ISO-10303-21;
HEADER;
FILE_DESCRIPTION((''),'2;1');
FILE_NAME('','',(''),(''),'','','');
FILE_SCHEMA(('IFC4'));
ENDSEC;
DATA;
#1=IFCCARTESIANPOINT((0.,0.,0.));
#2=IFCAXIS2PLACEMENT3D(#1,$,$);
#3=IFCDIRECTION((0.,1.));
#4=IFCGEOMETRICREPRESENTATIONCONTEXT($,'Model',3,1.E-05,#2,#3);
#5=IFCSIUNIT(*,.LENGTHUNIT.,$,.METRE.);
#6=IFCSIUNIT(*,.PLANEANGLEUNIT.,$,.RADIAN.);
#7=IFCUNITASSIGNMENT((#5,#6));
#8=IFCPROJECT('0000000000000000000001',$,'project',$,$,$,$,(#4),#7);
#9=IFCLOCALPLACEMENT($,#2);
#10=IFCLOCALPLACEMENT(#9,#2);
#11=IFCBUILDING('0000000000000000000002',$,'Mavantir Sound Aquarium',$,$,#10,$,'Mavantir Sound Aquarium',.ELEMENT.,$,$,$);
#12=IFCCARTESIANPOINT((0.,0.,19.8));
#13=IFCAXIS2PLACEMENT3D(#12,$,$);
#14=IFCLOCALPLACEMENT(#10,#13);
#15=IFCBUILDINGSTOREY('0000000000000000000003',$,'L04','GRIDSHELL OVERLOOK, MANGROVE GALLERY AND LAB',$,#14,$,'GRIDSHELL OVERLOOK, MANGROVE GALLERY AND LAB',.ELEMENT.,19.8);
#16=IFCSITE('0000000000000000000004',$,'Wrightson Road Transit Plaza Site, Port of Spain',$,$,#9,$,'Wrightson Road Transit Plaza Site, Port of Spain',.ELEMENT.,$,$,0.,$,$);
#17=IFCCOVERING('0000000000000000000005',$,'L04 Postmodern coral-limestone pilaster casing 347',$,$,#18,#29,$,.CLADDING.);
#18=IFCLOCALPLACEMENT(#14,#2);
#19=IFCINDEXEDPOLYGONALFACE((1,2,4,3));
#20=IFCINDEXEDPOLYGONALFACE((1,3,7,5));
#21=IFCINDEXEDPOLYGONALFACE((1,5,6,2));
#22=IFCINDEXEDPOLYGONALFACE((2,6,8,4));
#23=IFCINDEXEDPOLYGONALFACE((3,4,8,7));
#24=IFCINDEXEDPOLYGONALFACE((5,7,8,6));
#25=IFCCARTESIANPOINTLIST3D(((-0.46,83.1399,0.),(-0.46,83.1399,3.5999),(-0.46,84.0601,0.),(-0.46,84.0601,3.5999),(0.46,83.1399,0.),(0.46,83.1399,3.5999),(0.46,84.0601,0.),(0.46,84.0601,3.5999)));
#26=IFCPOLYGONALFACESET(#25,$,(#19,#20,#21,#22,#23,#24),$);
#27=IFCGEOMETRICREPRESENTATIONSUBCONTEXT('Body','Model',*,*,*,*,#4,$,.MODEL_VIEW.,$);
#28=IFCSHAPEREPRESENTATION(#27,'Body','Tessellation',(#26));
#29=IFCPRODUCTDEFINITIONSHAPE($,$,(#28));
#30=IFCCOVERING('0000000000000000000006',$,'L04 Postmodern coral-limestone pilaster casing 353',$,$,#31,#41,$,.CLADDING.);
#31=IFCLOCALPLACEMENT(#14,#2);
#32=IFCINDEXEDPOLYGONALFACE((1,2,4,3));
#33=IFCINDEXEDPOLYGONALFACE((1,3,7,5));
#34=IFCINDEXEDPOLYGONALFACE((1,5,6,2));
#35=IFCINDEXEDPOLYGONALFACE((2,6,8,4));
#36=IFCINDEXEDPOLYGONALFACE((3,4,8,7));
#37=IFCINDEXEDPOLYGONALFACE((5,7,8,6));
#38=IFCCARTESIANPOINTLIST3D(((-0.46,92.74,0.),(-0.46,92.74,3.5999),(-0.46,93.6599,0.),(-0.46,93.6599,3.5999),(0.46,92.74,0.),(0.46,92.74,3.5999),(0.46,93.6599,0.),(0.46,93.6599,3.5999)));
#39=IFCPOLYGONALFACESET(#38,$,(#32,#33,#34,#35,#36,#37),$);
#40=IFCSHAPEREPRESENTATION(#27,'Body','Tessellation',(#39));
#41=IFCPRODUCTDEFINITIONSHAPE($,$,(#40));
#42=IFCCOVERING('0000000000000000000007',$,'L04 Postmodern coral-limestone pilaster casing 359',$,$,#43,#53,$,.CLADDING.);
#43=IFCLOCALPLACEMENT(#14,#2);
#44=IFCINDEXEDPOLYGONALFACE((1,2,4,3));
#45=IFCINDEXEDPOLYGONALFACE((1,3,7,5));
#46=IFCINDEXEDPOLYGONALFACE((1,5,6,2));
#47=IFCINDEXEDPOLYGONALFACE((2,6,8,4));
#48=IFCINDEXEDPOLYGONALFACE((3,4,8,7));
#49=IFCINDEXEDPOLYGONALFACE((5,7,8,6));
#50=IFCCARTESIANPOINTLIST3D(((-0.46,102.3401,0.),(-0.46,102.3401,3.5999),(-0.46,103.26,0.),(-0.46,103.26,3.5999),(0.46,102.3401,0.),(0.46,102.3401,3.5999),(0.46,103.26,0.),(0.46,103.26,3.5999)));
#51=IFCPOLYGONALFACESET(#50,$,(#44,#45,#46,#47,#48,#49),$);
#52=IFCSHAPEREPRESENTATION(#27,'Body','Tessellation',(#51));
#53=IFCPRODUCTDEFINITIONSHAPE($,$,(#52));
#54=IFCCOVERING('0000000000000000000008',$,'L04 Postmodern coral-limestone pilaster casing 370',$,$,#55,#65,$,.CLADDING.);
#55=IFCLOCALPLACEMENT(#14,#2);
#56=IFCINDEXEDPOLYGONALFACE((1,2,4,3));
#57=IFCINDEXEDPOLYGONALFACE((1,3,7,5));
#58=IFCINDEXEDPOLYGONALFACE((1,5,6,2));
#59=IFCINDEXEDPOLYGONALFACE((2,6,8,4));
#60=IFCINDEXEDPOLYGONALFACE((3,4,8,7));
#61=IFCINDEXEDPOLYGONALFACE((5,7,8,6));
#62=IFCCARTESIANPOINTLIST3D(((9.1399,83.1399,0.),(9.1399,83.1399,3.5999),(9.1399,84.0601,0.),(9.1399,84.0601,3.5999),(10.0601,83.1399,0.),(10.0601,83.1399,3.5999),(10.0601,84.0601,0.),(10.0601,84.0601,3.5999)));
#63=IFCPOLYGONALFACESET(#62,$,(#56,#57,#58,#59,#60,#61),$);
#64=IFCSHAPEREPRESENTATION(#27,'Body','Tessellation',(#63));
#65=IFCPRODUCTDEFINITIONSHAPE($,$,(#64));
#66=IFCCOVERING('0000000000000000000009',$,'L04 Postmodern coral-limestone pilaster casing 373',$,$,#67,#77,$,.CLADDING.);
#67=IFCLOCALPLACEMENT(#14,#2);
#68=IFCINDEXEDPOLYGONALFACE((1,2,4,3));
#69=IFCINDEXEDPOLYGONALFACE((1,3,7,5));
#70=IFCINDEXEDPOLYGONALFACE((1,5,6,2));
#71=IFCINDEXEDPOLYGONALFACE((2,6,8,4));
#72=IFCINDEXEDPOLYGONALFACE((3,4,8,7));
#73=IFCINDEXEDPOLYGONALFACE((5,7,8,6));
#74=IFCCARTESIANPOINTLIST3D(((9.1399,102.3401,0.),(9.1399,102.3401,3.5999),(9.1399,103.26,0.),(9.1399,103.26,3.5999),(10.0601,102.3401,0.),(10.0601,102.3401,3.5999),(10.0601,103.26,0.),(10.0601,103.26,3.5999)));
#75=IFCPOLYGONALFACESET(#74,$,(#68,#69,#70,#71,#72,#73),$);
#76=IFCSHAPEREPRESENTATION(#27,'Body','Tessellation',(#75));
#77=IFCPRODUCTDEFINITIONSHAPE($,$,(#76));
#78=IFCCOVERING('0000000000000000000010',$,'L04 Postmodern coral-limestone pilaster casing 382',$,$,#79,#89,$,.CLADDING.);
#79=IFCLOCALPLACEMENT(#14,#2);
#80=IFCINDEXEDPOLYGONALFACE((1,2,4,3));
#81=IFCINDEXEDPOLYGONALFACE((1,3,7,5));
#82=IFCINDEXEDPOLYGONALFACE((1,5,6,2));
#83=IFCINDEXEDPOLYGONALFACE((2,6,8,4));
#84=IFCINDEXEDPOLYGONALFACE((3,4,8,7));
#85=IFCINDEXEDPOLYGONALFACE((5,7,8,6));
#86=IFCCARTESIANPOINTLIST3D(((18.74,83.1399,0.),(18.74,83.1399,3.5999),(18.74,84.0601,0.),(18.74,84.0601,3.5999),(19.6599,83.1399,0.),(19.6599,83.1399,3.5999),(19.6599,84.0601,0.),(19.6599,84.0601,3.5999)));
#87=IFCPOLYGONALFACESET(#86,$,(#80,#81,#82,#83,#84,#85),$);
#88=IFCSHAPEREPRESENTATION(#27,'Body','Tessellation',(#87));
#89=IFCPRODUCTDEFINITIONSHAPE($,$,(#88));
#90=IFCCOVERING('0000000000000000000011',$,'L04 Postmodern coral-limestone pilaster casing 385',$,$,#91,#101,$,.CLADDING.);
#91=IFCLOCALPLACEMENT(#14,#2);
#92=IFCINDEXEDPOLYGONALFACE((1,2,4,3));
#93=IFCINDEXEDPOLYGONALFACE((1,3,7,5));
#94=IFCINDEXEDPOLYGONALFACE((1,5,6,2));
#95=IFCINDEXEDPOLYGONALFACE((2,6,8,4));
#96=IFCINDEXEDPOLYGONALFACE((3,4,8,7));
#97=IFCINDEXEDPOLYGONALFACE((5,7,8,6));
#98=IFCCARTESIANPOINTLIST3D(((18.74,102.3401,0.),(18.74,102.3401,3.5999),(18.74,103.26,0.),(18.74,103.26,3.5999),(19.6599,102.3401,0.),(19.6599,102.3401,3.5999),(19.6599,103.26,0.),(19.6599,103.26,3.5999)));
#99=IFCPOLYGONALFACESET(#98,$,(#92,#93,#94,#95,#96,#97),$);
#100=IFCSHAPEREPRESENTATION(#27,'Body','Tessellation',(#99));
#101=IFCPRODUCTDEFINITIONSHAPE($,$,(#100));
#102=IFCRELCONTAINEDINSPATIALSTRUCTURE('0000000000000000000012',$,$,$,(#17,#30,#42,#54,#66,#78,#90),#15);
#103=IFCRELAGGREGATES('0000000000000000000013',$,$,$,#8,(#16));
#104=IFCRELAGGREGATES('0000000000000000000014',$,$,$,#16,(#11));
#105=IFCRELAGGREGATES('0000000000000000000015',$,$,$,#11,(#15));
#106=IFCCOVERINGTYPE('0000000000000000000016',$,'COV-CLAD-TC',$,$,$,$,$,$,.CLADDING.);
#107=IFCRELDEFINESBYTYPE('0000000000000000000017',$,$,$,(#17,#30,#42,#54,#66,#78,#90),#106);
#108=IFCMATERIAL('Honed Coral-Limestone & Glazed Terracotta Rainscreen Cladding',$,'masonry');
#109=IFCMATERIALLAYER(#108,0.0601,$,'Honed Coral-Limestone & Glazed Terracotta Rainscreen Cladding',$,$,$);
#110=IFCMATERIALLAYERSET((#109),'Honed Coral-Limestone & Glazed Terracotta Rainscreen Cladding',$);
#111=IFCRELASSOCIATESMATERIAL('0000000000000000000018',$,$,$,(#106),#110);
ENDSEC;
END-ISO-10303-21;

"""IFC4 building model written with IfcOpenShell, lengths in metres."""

from ifc_helpers import new_model, si_unit, direction, frame, origin, place, context, subcontext, project, spatial, polyline, outline, extrude, material, layer, layer_set, type_object, element, save


model = new_model("IFC4")

# Units and contexts
model_context = context("Model", 3, precision=1e-05, world=origin(), true_north=direction((0.0, 1.0)))
body_context = subcontext(model_context, "Body", "Model", "MODEL_VIEW")
ifc_project = project(units=[si_unit("LENGTHUNIT", "METRE"), si_unit("PLANEANGLEUNIT", "RADIAN")], contexts=[model_context])

# Site, building, storey
site_placement = place(None, origin())
site = spatial("IfcSite", under=ifc_project, at=site_placement, Name="Wrightson Road Transit Plaza Site, Port of Spain", LongName="Wrightson Road Transit Plaza Site, Port of Spain", CompositionType="ELEMENT", RefElevation=0.0)
building_placement = place(site_placement, origin())
building = spatial("IfcBuilding", under=site, at=building_placement, Name="Mavantir Sound Aquarium", LongName="Mavantir Sound Aquarium", CompositionType="ELEMENT")
storey_placement = place(building_placement, frame((0.0, 0.0, 19.8)))
storey = spatial("IfcBuildingStorey", under=building, at=storey_placement, Name="L04", Description="GRIDSHELL OVERLOOK, MANGROVE GALLERY AND LAB", LongName="GRIDSHELL OVERLOOK, MANGROVE GALLERY AND LAB", CompositionType="ELEMENT", Elevation=19.8)

# Coverings
ifc_material_1 = material(Name="Honed Coral-Limestone & Glazed Terracotta Rainscreen Cladding", Category="masonry")
ifc_layer_1 = layer(ifc_material_1, 0.0601, Name="Honed Coral-Limestone & Glazed Terracotta Rainscreen Cladding")
ifc_layer_set_1 = layer_set([ifc_layer_1], Name="Honed Coral-Limestone & Glazed Terracotta Rainscreen Cladding")
covering_type = type_object("IfcCoveringType", Name="COV-CLAD-TC", PredefinedType="CLADDING", material=ifc_layer_set_1)
covering_1_placement = place(storey_placement, origin())
element("IfcCovering", 1, at=covering_1_placement, inside=storey, type_object=covering_type, Name="L04 Postmodern coral-limestone pilaster casing 347", PredefinedType="CLADDING", context=body_context, shape_type="SweptSolid", body=[
    extrude(outline(polyline([(-0.46, 83.1399), (0.46, 83.1399), (0.46, 84.0601), (-0.46, 84.0601), (-0.46, 83.1399)])), origin(), (0.0, 0.0, 1.0), 3.5999),
])
covering_2_placement = place(storey_placement, origin())
element("IfcCovering", 2, at=covering_2_placement, inside=storey, type_object=covering_type, Name="L04 Postmodern coral-limestone pilaster casing 353", PredefinedType="CLADDING", context=body_context, shape_type="SweptSolid", body=[
    extrude(outline(polyline([(-0.46, 92.74), (0.46, 92.74), (0.46, 93.6599), (-0.46, 93.6599), (-0.46, 92.74)])), origin(), (0.0, 0.0, 1.0), 3.5999),
])
covering_3_placement = place(storey_placement, origin())
element("IfcCovering", 3, at=covering_3_placement, inside=storey, type_object=covering_type, Name="L04 Postmodern coral-limestone pilaster casing 359", PredefinedType="CLADDING", context=body_context, shape_type="SweptSolid", body=[
    extrude(outline(polyline([(-0.46, 102.3401), (0.46, 102.3401), (0.46, 103.26), (-0.46, 103.26), (-0.46, 102.3401)])), origin(), (0.0, 0.0, 1.0), 3.5999),
])
covering_4_placement = place(storey_placement, origin())
element("IfcCovering", 4, at=covering_4_placement, inside=storey, type_object=covering_type, Name="L04 Postmodern coral-limestone pilaster casing 370", PredefinedType="CLADDING", context=body_context, shape_type="SweptSolid", body=[
    extrude(outline(polyline([(9.1399, 83.1399), (10.0601, 83.1399), (10.0601, 84.0601), (9.1399, 84.0601), (9.1399, 83.1399)])), origin(), (0.0, 0.0, 1.0), 3.5999),
])
covering_5_placement = place(storey_placement, origin())
element("IfcCovering", 5, at=covering_5_placement, inside=storey, type_object=covering_type, Name="L04 Postmodern coral-limestone pilaster casing 373", PredefinedType="CLADDING", context=body_context, shape_type="SweptSolid", body=[
    extrude(outline(polyline([(9.1399, 102.3401), (10.0601, 102.3401), (10.0601, 103.26), (9.1399, 103.26), (9.1399, 102.3401)])), origin(), (0.0, 0.0, 1.0), 3.5999),
])
covering_6_placement = place(storey_placement, origin())
element("IfcCovering", 6, at=covering_6_placement, inside=storey, type_object=covering_type, Name="L04 Postmodern coral-limestone pilaster casing 382", PredefinedType="CLADDING", context=body_context, shape_type="SweptSolid", body=[
    extrude(outline(polyline([(18.74, 83.1399), (19.6599, 83.1399), (19.6599, 84.0601), (18.74, 84.0601), (18.74, 83.1399)])), origin(), (0.0, 0.0, 1.0), 3.5999),
])
covering_7_placement = place(storey_placement, origin())
element("IfcCovering", 7, at=covering_7_placement, inside=storey, type_object=covering_type, Name="L04 Postmodern coral-limestone pilaster casing 385", PredefinedType="CLADDING", context=body_context, shape_type="SweptSolid", body=[
    extrude(outline(polyline([(18.74, 102.3401), (19.6599, 102.3401), (19.6599, 103.26), (18.74, 103.26), (18.74, 102.3401)])), origin(), (0.0, 0.0, 1.0), 3.5999),
])

save(model, "model.ifc")
